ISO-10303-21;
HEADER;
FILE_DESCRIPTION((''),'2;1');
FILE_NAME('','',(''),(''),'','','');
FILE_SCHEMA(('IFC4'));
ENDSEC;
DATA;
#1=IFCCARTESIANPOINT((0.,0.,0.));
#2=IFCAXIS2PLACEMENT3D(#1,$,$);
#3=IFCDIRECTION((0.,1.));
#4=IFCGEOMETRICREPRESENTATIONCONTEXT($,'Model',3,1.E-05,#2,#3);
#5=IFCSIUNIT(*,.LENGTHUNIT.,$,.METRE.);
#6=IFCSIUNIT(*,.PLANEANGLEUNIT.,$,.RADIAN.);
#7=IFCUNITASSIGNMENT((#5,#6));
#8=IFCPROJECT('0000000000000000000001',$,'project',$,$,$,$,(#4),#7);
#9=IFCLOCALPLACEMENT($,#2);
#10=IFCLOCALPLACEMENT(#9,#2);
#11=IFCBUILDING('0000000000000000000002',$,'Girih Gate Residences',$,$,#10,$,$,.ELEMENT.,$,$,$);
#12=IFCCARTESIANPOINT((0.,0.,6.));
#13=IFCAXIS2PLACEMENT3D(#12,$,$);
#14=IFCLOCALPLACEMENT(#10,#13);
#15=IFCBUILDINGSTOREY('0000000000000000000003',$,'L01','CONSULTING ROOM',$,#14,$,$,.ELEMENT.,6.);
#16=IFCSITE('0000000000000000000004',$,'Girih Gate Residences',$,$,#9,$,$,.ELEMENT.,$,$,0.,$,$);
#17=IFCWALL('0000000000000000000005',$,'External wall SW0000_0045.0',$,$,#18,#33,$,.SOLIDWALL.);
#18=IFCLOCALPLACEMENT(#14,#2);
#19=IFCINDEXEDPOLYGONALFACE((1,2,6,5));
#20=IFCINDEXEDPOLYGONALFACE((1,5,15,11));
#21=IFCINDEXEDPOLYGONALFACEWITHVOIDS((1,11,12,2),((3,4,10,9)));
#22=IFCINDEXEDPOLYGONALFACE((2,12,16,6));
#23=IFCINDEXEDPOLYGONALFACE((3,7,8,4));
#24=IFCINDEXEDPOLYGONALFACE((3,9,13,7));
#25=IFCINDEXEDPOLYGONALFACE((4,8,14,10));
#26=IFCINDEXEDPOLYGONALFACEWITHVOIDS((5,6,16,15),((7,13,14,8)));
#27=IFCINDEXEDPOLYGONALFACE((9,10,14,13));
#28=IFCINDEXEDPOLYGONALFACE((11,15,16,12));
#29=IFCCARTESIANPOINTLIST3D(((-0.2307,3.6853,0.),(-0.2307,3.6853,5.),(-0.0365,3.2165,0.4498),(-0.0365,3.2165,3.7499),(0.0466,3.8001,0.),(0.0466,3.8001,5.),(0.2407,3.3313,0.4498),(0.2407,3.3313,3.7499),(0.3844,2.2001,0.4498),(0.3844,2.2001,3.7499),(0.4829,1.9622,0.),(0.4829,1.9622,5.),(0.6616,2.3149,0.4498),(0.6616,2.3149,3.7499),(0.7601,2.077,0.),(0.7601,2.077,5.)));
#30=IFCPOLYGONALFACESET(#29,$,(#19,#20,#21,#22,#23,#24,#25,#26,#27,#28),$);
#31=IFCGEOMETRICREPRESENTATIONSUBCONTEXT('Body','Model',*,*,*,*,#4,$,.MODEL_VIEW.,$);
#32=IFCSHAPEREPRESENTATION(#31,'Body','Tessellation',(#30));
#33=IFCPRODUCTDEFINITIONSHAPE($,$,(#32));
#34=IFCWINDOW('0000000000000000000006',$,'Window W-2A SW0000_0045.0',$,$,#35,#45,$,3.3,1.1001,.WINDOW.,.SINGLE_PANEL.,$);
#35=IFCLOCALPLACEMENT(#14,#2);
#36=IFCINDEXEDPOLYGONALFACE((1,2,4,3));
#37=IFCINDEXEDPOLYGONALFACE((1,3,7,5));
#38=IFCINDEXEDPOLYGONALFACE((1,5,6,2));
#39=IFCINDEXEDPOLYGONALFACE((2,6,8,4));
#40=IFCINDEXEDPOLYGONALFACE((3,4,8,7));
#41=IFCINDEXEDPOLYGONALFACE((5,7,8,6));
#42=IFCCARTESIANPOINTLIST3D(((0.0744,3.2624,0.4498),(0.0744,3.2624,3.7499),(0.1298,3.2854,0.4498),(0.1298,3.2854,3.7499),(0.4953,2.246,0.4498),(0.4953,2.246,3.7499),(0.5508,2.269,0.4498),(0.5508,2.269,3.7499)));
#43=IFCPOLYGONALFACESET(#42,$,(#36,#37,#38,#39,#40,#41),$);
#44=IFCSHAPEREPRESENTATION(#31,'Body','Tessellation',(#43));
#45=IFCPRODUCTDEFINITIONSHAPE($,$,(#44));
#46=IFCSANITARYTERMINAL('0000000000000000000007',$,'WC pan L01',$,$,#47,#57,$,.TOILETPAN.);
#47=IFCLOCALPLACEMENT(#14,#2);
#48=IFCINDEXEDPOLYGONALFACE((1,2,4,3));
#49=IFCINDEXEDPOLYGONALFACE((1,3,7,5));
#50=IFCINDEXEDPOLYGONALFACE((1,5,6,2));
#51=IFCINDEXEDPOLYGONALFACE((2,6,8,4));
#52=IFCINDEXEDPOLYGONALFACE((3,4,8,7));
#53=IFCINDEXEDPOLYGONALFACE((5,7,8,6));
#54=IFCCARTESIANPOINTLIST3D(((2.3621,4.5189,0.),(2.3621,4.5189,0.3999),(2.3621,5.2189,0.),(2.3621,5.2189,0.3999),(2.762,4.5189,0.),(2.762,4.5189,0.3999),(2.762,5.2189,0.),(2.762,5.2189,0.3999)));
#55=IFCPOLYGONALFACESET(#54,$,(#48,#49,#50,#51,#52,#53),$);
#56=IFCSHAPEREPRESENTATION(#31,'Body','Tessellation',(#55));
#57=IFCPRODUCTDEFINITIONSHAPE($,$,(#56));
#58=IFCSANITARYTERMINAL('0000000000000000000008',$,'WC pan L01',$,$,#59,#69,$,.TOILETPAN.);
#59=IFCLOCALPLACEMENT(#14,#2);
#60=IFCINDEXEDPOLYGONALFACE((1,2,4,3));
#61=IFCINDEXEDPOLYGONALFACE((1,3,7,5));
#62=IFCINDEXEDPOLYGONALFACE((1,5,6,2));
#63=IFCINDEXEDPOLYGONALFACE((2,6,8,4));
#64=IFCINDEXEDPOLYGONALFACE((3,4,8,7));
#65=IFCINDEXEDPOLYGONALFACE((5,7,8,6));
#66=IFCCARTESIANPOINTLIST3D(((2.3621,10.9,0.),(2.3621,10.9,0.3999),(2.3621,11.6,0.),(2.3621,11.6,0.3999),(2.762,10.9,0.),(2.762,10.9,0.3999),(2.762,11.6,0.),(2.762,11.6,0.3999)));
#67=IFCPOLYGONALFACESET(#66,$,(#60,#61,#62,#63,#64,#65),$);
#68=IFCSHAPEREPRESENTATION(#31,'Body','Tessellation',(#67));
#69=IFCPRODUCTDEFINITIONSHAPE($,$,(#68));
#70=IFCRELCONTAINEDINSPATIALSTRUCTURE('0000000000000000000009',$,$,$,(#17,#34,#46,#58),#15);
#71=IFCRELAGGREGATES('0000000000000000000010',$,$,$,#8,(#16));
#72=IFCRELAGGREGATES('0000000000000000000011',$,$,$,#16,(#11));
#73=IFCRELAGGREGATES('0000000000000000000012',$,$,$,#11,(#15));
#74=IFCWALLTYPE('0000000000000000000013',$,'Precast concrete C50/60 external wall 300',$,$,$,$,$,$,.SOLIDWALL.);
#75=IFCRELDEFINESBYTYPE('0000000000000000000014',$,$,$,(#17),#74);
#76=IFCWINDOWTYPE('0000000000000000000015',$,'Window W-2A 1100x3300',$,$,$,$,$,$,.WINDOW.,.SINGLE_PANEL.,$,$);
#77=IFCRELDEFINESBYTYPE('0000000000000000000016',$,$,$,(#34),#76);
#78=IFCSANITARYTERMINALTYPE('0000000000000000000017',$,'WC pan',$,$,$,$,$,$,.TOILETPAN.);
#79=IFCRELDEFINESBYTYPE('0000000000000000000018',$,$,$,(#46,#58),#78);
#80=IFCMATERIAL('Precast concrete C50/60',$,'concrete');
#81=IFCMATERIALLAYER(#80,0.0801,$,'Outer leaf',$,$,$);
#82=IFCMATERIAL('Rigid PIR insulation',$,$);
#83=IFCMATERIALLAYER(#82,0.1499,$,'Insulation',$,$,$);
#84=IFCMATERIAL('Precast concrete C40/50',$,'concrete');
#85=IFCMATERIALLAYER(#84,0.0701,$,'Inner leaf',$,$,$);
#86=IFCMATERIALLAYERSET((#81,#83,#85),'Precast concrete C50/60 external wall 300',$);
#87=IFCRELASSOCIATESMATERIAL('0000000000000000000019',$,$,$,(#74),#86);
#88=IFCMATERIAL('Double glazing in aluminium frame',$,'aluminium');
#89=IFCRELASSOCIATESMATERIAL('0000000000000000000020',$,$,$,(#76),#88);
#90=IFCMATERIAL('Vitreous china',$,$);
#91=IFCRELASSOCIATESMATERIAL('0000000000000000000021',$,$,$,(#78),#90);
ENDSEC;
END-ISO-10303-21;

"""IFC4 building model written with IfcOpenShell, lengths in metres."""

from ifc_helpers import new_model, si_unit, direction, frame, frame_2d, origin, origin_2d, place, context, subcontext, project, spatial, rectangle, extrude, material, layer, layer_set, type_object, element, fill, save


model = new_model("IFC4")

# Units and contexts
model_context = context("Model", 3, precision=1e-05, world=origin(), true_north=direction((0.0, 1.0)))
body_context = subcontext(model_context, "Body", "Model", "MODEL_VIEW")
ifc_project = project(units=[si_unit("LENGTHUNIT", "METRE"), si_unit("PLANEANGLEUNIT", "RADIAN")], contexts=[model_context])

# Site, building, storey
site_placement = place(None, origin())
site = spatial("IfcSite", under=ifc_project, at=site_placement, Name="Girih Gate Residences", CompositionType="ELEMENT", RefElevation=0.0)
building_placement = place(site_placement, origin())
building = spatial("IfcBuilding", under=site, at=building_placement, Name="Girih Gate Residences", CompositionType="ELEMENT")
storey_placement = place(building_placement, frame((0.0, 0.0, 6.0)))
storey = spatial("IfcBuildingStorey", under=building, at=storey_placement, Name="L01", Description="CONSULTING ROOM", CompositionType="ELEMENT", Elevation=6.0)

# Wall, opening, window
ifc_material_1 = material(Name="Precast concrete C50/60", Category="concrete")
ifc_layer_1 = layer(ifc_material_1, 0.0801, Name="Outer leaf")
ifc_material_2 = material(Name="Rigid PIR insulation")
ifc_layer_2 = layer(ifc_material_2, 0.1499, Name="Insulation")
ifc_material_3 = material(Name="Precast concrete C40/50", Category="concrete")
ifc_layer_3 = layer(ifc_material_3, 0.0701, Name="Inner leaf")
ifc_layer_set_1 = layer_set([ifc_layer_1, ifc_layer_2, ifc_layer_3], Name="Precast concrete C50/60 external wall 300")
wall_type_1 = type_object("IfcWallType", Name="Precast concrete C50/60 external wall 300", PredefinedType="SOLIDWALL", material=ifc_layer_set_1)
ifc_material_4 = material(Name="Double glazing in aluminium frame", Category="aluminium")
wall_1_placement = place(storey_placement, frame((0.6216, 2.0195, 0.0), z_axis=(0.0, 0.0, 1.0), x_axis=(-0.382625, 0.923904, 0.0)))
wall_1 = element("IfcWall", 1, at=wall_1_placement, inside=storey, type_object=wall_type_1, Name="External wall SW0000_0045.0", PredefinedType="SOLIDWALL", context=body_context, shape_type="SweptSolid", body=[
    extrude(rectangle(XDim=1.865, YDim=0.3, at=frame_2d((0.9326, 0.0))), origin(), (0.0, 0.0, 1.0), 5.0),
])
opening_1_placement = place(wall_1_placement, frame((0.2576, 0.0, 0.45)))
opening_1 = element("IfcOpeningElement", 2, at=opening_1_placement, cuts=wall_1, PredefinedType="OPENING", context=body_context, shape_type="SweptSolid", body=[
    extrude(rectangle(XDim=1.1001, YDim=3.3, at=frame_2d((0.55, 1.6499))), frame((0.0, 0.1599, 0.0), z_axis=(0.0, -1.0, 0.0), x_axis=(1.0, 0.0, 0.0)), (0.0, 0.0, 1.0), 0.3201),
])
window_type_1 = type_object("IfcWindowType", Name="Window W-2A 1100x3300", PartitioningType="SINGLE_PANEL", PredefinedType="WINDOW", material=ifc_material_4)
window_1_placement = place(opening_1_placement, origin())
window_1 = element("IfcWindow", 3, at=window_1_placement, inside=storey, type_object=window_type_1, Name="Window W-2A SW0000_0045.0", OverallHeight=3.3, OverallWidth=1.1001, PartitioningType="SINGLE_PANEL", PredefinedType="WINDOW", context=body_context, shape_type="SweptSolid", body=[
    extrude(rectangle(XDim=1.1001, YDim=3.3, at=frame_2d((0.55, 1.6499))), frame((0.0, 0.03, 0.0), z_axis=(0.0, -1.0, 0.0), x_axis=(1.0, 0.0, 0.0)), (0.0, 0.0, 1.0), 0.0601),
])
fill(opening_1, window_1)

# Sanitary terminals
ifc_material_5 = material(Name="Vitreous china")
sanitary_terminal_type = type_object("IfcSanitaryTerminalType", Name="WC pan", PredefinedType="TOILETPAN", material=ifc_material_5)
for number, where, z_axis, x_axis, name in (
    (4, (2.562, 4.8689, 0.0), (0.0, 0.0, 1.0), (1.0, 0.0, 0.0), "WC pan L01"),
    (5, (2.562, 11.25, 0.0), (0.0, 0.0, 1.0), (1.0, 0.0, 0.0), "WC pan L01"),
):
    element("IfcSanitaryTerminal", number, at=place(storey_placement, frame(where, z_axis=z_axis, x_axis=x_axis)), inside=storey, type_object=sanitary_terminal_type, Name=name, PredefinedType="TOILETPAN", context=body_context, shape_type="SweptSolid", body=[
        extrude(rectangle(XDim=0.3999, YDim=0.7, at=origin_2d()), origin(), (0.0, 0.0, 1.0), 0.3999),
    ])

save(model, "model.ifc")
